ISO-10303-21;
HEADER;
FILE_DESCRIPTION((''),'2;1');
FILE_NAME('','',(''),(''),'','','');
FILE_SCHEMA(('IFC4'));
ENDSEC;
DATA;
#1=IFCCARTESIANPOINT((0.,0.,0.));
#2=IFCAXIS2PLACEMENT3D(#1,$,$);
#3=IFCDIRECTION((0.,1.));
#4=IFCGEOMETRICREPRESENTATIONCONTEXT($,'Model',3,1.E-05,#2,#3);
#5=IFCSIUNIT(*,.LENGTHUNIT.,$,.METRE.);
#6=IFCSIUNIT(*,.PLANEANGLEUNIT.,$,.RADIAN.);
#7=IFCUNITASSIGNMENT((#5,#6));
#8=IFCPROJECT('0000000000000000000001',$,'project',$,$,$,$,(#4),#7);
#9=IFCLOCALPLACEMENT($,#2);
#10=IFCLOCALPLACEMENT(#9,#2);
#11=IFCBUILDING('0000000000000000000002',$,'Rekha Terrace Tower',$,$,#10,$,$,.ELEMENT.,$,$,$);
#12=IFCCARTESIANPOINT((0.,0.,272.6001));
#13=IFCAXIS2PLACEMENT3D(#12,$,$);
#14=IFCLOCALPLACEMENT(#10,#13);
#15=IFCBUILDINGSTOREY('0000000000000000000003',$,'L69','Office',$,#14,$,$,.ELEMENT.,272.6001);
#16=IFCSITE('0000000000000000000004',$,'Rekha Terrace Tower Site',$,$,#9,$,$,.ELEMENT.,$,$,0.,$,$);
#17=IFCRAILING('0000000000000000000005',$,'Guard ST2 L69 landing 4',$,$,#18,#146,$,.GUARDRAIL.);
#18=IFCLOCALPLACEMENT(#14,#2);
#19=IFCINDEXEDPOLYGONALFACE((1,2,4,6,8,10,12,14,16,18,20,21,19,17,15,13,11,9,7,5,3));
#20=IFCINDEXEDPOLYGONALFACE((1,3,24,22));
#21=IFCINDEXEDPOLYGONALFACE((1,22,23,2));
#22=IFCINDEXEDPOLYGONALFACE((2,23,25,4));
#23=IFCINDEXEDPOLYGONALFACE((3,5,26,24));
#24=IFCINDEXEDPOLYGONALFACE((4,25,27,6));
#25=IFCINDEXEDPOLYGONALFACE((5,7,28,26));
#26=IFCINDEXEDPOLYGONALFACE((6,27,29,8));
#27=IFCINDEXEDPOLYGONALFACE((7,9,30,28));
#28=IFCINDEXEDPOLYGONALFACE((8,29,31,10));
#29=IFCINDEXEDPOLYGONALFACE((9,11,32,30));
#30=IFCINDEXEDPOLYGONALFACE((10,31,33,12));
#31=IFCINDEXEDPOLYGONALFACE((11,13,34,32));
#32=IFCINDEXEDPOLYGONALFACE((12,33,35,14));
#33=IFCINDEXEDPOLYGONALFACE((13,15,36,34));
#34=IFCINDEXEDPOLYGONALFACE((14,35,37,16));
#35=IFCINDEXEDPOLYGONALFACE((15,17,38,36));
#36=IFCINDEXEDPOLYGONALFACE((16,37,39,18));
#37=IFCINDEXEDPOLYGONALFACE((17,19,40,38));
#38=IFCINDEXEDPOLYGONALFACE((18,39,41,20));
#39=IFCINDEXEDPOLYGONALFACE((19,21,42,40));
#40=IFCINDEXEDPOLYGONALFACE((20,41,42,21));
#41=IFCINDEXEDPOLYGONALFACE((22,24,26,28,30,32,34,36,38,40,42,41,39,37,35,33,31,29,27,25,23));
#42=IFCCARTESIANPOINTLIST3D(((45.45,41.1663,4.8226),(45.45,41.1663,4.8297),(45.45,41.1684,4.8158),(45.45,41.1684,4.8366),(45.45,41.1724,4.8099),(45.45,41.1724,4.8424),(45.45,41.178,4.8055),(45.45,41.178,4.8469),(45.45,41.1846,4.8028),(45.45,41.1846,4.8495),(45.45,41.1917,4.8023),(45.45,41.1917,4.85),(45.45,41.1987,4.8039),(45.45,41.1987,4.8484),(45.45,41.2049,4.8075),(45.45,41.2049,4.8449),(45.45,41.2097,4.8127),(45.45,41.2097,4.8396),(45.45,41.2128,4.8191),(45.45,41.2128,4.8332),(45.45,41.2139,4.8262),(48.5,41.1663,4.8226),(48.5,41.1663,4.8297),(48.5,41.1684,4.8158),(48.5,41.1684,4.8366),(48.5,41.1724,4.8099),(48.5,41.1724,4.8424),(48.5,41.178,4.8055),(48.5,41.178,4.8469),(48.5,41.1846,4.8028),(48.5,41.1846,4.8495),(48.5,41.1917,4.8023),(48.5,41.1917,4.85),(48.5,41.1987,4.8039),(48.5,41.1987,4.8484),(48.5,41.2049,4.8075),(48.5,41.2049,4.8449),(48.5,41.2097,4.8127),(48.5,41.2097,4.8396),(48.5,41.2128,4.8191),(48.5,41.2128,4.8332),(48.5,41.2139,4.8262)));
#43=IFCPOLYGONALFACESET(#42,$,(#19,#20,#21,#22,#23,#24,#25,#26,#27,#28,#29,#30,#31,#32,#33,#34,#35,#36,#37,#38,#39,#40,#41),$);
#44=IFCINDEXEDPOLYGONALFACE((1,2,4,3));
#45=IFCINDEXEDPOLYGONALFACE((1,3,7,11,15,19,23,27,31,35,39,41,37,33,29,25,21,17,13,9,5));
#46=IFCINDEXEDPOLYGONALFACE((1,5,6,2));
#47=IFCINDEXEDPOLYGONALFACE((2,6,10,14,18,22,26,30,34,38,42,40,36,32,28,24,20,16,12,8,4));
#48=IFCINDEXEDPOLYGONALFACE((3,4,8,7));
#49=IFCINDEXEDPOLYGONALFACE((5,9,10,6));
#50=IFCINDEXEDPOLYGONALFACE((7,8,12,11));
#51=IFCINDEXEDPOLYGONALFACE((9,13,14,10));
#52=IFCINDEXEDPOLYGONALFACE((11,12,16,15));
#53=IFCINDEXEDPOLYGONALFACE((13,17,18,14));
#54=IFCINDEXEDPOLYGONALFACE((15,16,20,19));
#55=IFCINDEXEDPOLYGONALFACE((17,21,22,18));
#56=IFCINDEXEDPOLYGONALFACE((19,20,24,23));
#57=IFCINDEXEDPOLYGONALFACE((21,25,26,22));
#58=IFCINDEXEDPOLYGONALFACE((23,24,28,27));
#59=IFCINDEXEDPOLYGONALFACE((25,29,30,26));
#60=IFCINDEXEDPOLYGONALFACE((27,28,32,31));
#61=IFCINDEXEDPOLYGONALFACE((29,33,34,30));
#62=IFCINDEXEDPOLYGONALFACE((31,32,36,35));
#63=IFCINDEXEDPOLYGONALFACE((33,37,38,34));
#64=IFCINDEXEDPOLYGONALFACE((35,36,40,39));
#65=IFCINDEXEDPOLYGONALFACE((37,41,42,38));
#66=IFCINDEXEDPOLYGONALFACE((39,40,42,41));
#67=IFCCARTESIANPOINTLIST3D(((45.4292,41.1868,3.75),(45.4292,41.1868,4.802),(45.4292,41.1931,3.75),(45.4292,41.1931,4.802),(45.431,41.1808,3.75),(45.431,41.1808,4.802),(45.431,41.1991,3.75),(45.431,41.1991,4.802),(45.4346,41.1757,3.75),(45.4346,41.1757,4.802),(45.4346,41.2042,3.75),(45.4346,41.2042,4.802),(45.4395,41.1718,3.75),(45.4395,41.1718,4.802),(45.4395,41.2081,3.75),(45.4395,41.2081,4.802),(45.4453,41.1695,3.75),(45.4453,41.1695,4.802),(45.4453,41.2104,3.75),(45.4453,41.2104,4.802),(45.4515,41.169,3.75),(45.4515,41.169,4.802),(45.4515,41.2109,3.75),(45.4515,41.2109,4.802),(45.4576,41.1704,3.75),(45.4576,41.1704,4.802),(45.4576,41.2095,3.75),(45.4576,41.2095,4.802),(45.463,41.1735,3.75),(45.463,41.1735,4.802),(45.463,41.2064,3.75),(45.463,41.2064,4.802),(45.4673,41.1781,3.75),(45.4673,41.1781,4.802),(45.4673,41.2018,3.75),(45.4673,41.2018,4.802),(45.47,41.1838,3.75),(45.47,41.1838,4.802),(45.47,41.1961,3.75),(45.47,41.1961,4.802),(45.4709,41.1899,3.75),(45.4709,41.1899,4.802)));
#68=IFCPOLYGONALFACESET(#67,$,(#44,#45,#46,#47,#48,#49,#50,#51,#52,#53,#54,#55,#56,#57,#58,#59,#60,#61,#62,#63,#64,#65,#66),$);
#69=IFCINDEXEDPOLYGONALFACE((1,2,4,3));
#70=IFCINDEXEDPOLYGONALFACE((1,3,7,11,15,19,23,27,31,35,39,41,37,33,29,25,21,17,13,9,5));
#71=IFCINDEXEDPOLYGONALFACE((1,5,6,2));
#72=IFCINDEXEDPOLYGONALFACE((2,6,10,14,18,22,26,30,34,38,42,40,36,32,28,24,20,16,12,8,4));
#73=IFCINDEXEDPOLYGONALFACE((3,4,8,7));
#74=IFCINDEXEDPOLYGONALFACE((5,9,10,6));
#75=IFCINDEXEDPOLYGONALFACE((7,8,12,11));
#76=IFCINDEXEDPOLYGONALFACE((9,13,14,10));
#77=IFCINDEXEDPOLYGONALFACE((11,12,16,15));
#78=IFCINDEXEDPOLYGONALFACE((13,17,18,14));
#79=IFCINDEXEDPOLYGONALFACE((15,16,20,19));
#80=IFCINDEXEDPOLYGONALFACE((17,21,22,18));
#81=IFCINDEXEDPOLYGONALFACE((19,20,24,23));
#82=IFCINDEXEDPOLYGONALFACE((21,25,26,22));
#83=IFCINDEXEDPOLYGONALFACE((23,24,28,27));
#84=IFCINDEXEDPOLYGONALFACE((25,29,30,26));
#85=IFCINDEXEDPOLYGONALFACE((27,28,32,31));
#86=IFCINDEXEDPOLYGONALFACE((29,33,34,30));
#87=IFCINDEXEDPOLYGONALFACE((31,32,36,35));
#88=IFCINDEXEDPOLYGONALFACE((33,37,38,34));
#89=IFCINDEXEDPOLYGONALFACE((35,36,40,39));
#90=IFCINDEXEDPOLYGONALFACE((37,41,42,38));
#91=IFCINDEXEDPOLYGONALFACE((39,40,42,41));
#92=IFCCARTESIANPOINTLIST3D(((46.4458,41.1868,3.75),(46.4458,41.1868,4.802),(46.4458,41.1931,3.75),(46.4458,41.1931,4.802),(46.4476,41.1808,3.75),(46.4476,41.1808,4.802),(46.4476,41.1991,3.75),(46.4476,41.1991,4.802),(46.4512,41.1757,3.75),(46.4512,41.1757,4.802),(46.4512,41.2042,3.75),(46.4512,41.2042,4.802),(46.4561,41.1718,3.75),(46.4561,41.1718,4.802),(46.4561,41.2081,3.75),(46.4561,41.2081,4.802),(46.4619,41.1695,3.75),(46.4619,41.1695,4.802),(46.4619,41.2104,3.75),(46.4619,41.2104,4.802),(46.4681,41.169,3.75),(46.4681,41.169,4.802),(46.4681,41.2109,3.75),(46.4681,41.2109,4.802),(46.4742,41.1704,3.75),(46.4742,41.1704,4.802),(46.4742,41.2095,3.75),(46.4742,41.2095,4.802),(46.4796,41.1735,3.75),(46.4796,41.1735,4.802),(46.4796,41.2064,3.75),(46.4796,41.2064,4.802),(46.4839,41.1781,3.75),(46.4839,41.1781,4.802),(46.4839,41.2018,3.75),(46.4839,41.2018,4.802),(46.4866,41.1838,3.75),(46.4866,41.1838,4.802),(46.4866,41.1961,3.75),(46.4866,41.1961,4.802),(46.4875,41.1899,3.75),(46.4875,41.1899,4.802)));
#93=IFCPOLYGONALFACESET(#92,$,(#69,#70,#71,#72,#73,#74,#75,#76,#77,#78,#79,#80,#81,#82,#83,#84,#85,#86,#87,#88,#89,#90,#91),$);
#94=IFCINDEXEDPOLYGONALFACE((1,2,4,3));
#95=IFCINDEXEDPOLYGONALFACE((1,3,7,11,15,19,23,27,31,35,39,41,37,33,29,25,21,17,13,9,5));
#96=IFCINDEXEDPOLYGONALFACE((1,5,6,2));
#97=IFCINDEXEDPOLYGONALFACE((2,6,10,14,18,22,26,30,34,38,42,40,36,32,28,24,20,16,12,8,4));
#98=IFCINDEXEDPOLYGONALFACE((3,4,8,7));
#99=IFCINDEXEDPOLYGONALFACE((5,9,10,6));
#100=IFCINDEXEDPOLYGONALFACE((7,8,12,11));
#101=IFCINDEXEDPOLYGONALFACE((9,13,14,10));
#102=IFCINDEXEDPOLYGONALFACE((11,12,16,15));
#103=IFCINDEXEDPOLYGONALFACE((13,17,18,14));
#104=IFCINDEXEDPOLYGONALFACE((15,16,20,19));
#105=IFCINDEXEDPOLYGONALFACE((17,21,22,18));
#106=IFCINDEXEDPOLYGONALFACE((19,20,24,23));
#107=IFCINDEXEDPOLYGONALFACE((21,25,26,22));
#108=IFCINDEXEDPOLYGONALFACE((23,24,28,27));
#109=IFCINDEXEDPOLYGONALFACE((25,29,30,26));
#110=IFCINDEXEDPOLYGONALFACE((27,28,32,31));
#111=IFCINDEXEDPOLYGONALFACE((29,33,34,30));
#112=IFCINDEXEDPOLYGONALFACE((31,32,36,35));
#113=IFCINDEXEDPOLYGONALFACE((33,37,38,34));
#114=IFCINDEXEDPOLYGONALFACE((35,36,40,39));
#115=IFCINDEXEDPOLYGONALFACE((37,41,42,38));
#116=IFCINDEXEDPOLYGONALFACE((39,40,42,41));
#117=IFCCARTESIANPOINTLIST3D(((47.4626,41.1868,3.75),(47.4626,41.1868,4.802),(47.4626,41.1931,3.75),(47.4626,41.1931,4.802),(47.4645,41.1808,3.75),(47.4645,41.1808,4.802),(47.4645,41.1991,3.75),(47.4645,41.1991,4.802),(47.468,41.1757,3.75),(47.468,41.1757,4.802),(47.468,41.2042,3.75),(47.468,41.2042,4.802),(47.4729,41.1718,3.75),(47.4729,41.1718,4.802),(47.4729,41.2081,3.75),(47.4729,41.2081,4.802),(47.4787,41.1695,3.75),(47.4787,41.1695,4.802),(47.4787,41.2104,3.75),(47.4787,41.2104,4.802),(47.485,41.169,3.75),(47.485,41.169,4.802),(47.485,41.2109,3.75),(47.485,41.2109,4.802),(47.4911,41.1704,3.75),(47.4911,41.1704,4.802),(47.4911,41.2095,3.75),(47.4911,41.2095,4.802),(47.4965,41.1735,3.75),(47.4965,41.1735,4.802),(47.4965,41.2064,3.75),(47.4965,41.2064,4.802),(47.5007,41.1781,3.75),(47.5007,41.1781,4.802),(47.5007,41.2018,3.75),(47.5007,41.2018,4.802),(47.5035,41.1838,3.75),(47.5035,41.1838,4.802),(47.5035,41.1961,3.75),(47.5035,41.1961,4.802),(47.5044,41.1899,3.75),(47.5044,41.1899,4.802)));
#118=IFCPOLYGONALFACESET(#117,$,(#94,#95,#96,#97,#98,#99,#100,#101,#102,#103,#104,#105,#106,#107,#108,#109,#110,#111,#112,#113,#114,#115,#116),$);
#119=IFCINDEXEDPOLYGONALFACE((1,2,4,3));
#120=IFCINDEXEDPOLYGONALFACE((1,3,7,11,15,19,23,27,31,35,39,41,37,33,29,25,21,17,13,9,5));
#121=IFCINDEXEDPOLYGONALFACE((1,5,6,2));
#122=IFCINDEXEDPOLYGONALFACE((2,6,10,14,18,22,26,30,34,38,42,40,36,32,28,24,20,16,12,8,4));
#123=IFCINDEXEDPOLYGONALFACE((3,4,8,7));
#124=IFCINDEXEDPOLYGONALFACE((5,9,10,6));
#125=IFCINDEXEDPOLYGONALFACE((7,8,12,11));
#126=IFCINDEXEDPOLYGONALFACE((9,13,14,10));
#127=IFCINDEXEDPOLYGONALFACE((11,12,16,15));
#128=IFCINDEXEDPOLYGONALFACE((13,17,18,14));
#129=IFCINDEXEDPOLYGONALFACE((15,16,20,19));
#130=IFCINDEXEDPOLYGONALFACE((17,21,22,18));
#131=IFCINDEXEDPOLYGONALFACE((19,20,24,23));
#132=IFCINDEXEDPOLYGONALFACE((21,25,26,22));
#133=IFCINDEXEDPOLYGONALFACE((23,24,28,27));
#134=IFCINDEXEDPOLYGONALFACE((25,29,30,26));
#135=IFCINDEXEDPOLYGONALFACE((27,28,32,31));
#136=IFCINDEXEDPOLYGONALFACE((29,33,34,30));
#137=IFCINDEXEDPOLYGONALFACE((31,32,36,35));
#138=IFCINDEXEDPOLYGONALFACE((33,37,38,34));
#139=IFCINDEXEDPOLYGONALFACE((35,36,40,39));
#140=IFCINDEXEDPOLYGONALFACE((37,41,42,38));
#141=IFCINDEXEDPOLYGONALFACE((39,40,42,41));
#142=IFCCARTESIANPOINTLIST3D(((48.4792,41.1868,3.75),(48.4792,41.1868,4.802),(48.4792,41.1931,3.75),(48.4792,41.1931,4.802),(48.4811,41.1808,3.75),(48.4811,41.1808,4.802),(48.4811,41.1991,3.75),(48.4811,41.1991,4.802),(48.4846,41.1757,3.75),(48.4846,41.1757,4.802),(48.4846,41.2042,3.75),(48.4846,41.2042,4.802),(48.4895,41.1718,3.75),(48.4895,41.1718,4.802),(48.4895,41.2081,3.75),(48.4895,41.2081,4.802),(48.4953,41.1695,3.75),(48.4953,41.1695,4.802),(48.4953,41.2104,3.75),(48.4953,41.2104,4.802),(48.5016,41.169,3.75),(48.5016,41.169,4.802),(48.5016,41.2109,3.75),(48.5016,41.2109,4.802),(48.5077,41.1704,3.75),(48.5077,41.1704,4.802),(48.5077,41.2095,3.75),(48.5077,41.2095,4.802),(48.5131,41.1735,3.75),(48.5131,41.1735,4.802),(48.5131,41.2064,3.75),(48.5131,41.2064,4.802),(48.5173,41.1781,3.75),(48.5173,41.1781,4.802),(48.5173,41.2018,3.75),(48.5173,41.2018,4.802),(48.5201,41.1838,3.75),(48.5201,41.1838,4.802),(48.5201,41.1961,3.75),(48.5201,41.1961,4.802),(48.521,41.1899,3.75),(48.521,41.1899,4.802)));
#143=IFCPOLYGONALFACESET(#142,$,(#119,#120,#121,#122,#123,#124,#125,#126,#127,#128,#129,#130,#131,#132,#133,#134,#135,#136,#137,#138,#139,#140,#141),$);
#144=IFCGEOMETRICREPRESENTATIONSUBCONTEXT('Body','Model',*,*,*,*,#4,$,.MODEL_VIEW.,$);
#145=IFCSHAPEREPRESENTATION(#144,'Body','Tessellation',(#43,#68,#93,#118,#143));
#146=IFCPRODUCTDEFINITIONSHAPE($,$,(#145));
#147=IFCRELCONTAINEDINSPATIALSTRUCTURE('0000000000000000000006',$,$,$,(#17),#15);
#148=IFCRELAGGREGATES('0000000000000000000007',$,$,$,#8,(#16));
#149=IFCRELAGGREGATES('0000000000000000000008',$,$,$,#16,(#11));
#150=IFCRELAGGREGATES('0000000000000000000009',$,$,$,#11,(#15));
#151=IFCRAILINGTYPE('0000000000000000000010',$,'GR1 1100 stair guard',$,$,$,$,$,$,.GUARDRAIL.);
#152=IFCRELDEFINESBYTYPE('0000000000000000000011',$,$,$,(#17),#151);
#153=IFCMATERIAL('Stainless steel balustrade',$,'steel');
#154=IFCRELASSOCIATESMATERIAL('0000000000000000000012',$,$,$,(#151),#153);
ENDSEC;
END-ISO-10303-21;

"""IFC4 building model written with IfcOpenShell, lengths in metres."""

from ifc_helpers import new_model, si_unit, direction, frame, origin, origin_2d, place, context, subcontext, project, spatial, circle, extrude, material, type_object, element, save


model = new_model("IFC4")

# Units and contexts
model_context = context("Model", 3, precision=1e-05, world=origin(), true_north=direction((0.0, 1.0)))
body_context = subcontext(model_context, "Body", "Model", "MODEL_VIEW")
ifc_project = project(units=[si_unit("LENGTHUNIT", "METRE"), si_unit("PLANEANGLEUNIT", "RADIAN")], contexts=[model_context])

# Site, building, storey
site_placement = place(None, origin())
site = spatial("IfcSite", under=ifc_project, at=site_placement, Name="Rekha Terrace Tower Site", CompositionType="ELEMENT", RefElevation=0.0)
building_placement = place(site_placement, origin())
building = spatial("IfcBuilding", under=site, at=building_placement, Name="Rekha Terrace Tower", CompositionType="ELEMENT")
storey_placement = place(building_placement, frame((0.0, 0.0, 272.6001)))
storey = spatial("IfcBuildingStorey", under=building, at=storey_placement, Name="L69", Description="Office", CompositionType="ELEMENT", Elevation=272.6001)

# Railing
ifc_material_1 = material(Name="Stainless steel balustrade", Category="steel")
railing_type_1 = type_object("IfcRailingType", Name="GR1 1100 stair guard", PredefinedType="GUARDRAIL", material=ifc_material_1)
railing_1_placement = place(storey_placement, frame((45.45, 41.1899, 3.75)))
element("IfcRailing", 1, at=railing_1_placement, inside=storey, type_object=railing_type_1, Name="Guard ST2 L69 landing 4", PredefinedType="GUARDRAIL", context=body_context, shape_type="SweptSolid", body=[
    extrude(circle(Radius=0.0239, at=origin_2d()), frame((0.0, 0.0, 1.0762), z_axis=(1.0, 0.0, 0.0), x_axis=(0.0, 1.0, 0.0)), (0.0, 0.0, 1.0), 3.05),
    extrude(circle(Radius=0.021, at=origin_2d()), origin(), (0.0, 0.0, 1.0), 1.052),
    extrude(circle(Radius=0.021, at=origin_2d()), frame((1.0166, 0.0, 0.0)), (0.0, 0.0, 1.0), 1.052),
    extrude(circle(Radius=0.021, at=origin_2d()), frame((2.0334, 0.0, 0.0)), (0.0, 0.0, 1.0), 1.052),
    extrude(circle(Radius=0.021, at=origin_2d()), frame((3.05, 0.0, 0.0)), (0.0, 0.0, 1.0), 1.052),
])

save(model, "model.ifc")
